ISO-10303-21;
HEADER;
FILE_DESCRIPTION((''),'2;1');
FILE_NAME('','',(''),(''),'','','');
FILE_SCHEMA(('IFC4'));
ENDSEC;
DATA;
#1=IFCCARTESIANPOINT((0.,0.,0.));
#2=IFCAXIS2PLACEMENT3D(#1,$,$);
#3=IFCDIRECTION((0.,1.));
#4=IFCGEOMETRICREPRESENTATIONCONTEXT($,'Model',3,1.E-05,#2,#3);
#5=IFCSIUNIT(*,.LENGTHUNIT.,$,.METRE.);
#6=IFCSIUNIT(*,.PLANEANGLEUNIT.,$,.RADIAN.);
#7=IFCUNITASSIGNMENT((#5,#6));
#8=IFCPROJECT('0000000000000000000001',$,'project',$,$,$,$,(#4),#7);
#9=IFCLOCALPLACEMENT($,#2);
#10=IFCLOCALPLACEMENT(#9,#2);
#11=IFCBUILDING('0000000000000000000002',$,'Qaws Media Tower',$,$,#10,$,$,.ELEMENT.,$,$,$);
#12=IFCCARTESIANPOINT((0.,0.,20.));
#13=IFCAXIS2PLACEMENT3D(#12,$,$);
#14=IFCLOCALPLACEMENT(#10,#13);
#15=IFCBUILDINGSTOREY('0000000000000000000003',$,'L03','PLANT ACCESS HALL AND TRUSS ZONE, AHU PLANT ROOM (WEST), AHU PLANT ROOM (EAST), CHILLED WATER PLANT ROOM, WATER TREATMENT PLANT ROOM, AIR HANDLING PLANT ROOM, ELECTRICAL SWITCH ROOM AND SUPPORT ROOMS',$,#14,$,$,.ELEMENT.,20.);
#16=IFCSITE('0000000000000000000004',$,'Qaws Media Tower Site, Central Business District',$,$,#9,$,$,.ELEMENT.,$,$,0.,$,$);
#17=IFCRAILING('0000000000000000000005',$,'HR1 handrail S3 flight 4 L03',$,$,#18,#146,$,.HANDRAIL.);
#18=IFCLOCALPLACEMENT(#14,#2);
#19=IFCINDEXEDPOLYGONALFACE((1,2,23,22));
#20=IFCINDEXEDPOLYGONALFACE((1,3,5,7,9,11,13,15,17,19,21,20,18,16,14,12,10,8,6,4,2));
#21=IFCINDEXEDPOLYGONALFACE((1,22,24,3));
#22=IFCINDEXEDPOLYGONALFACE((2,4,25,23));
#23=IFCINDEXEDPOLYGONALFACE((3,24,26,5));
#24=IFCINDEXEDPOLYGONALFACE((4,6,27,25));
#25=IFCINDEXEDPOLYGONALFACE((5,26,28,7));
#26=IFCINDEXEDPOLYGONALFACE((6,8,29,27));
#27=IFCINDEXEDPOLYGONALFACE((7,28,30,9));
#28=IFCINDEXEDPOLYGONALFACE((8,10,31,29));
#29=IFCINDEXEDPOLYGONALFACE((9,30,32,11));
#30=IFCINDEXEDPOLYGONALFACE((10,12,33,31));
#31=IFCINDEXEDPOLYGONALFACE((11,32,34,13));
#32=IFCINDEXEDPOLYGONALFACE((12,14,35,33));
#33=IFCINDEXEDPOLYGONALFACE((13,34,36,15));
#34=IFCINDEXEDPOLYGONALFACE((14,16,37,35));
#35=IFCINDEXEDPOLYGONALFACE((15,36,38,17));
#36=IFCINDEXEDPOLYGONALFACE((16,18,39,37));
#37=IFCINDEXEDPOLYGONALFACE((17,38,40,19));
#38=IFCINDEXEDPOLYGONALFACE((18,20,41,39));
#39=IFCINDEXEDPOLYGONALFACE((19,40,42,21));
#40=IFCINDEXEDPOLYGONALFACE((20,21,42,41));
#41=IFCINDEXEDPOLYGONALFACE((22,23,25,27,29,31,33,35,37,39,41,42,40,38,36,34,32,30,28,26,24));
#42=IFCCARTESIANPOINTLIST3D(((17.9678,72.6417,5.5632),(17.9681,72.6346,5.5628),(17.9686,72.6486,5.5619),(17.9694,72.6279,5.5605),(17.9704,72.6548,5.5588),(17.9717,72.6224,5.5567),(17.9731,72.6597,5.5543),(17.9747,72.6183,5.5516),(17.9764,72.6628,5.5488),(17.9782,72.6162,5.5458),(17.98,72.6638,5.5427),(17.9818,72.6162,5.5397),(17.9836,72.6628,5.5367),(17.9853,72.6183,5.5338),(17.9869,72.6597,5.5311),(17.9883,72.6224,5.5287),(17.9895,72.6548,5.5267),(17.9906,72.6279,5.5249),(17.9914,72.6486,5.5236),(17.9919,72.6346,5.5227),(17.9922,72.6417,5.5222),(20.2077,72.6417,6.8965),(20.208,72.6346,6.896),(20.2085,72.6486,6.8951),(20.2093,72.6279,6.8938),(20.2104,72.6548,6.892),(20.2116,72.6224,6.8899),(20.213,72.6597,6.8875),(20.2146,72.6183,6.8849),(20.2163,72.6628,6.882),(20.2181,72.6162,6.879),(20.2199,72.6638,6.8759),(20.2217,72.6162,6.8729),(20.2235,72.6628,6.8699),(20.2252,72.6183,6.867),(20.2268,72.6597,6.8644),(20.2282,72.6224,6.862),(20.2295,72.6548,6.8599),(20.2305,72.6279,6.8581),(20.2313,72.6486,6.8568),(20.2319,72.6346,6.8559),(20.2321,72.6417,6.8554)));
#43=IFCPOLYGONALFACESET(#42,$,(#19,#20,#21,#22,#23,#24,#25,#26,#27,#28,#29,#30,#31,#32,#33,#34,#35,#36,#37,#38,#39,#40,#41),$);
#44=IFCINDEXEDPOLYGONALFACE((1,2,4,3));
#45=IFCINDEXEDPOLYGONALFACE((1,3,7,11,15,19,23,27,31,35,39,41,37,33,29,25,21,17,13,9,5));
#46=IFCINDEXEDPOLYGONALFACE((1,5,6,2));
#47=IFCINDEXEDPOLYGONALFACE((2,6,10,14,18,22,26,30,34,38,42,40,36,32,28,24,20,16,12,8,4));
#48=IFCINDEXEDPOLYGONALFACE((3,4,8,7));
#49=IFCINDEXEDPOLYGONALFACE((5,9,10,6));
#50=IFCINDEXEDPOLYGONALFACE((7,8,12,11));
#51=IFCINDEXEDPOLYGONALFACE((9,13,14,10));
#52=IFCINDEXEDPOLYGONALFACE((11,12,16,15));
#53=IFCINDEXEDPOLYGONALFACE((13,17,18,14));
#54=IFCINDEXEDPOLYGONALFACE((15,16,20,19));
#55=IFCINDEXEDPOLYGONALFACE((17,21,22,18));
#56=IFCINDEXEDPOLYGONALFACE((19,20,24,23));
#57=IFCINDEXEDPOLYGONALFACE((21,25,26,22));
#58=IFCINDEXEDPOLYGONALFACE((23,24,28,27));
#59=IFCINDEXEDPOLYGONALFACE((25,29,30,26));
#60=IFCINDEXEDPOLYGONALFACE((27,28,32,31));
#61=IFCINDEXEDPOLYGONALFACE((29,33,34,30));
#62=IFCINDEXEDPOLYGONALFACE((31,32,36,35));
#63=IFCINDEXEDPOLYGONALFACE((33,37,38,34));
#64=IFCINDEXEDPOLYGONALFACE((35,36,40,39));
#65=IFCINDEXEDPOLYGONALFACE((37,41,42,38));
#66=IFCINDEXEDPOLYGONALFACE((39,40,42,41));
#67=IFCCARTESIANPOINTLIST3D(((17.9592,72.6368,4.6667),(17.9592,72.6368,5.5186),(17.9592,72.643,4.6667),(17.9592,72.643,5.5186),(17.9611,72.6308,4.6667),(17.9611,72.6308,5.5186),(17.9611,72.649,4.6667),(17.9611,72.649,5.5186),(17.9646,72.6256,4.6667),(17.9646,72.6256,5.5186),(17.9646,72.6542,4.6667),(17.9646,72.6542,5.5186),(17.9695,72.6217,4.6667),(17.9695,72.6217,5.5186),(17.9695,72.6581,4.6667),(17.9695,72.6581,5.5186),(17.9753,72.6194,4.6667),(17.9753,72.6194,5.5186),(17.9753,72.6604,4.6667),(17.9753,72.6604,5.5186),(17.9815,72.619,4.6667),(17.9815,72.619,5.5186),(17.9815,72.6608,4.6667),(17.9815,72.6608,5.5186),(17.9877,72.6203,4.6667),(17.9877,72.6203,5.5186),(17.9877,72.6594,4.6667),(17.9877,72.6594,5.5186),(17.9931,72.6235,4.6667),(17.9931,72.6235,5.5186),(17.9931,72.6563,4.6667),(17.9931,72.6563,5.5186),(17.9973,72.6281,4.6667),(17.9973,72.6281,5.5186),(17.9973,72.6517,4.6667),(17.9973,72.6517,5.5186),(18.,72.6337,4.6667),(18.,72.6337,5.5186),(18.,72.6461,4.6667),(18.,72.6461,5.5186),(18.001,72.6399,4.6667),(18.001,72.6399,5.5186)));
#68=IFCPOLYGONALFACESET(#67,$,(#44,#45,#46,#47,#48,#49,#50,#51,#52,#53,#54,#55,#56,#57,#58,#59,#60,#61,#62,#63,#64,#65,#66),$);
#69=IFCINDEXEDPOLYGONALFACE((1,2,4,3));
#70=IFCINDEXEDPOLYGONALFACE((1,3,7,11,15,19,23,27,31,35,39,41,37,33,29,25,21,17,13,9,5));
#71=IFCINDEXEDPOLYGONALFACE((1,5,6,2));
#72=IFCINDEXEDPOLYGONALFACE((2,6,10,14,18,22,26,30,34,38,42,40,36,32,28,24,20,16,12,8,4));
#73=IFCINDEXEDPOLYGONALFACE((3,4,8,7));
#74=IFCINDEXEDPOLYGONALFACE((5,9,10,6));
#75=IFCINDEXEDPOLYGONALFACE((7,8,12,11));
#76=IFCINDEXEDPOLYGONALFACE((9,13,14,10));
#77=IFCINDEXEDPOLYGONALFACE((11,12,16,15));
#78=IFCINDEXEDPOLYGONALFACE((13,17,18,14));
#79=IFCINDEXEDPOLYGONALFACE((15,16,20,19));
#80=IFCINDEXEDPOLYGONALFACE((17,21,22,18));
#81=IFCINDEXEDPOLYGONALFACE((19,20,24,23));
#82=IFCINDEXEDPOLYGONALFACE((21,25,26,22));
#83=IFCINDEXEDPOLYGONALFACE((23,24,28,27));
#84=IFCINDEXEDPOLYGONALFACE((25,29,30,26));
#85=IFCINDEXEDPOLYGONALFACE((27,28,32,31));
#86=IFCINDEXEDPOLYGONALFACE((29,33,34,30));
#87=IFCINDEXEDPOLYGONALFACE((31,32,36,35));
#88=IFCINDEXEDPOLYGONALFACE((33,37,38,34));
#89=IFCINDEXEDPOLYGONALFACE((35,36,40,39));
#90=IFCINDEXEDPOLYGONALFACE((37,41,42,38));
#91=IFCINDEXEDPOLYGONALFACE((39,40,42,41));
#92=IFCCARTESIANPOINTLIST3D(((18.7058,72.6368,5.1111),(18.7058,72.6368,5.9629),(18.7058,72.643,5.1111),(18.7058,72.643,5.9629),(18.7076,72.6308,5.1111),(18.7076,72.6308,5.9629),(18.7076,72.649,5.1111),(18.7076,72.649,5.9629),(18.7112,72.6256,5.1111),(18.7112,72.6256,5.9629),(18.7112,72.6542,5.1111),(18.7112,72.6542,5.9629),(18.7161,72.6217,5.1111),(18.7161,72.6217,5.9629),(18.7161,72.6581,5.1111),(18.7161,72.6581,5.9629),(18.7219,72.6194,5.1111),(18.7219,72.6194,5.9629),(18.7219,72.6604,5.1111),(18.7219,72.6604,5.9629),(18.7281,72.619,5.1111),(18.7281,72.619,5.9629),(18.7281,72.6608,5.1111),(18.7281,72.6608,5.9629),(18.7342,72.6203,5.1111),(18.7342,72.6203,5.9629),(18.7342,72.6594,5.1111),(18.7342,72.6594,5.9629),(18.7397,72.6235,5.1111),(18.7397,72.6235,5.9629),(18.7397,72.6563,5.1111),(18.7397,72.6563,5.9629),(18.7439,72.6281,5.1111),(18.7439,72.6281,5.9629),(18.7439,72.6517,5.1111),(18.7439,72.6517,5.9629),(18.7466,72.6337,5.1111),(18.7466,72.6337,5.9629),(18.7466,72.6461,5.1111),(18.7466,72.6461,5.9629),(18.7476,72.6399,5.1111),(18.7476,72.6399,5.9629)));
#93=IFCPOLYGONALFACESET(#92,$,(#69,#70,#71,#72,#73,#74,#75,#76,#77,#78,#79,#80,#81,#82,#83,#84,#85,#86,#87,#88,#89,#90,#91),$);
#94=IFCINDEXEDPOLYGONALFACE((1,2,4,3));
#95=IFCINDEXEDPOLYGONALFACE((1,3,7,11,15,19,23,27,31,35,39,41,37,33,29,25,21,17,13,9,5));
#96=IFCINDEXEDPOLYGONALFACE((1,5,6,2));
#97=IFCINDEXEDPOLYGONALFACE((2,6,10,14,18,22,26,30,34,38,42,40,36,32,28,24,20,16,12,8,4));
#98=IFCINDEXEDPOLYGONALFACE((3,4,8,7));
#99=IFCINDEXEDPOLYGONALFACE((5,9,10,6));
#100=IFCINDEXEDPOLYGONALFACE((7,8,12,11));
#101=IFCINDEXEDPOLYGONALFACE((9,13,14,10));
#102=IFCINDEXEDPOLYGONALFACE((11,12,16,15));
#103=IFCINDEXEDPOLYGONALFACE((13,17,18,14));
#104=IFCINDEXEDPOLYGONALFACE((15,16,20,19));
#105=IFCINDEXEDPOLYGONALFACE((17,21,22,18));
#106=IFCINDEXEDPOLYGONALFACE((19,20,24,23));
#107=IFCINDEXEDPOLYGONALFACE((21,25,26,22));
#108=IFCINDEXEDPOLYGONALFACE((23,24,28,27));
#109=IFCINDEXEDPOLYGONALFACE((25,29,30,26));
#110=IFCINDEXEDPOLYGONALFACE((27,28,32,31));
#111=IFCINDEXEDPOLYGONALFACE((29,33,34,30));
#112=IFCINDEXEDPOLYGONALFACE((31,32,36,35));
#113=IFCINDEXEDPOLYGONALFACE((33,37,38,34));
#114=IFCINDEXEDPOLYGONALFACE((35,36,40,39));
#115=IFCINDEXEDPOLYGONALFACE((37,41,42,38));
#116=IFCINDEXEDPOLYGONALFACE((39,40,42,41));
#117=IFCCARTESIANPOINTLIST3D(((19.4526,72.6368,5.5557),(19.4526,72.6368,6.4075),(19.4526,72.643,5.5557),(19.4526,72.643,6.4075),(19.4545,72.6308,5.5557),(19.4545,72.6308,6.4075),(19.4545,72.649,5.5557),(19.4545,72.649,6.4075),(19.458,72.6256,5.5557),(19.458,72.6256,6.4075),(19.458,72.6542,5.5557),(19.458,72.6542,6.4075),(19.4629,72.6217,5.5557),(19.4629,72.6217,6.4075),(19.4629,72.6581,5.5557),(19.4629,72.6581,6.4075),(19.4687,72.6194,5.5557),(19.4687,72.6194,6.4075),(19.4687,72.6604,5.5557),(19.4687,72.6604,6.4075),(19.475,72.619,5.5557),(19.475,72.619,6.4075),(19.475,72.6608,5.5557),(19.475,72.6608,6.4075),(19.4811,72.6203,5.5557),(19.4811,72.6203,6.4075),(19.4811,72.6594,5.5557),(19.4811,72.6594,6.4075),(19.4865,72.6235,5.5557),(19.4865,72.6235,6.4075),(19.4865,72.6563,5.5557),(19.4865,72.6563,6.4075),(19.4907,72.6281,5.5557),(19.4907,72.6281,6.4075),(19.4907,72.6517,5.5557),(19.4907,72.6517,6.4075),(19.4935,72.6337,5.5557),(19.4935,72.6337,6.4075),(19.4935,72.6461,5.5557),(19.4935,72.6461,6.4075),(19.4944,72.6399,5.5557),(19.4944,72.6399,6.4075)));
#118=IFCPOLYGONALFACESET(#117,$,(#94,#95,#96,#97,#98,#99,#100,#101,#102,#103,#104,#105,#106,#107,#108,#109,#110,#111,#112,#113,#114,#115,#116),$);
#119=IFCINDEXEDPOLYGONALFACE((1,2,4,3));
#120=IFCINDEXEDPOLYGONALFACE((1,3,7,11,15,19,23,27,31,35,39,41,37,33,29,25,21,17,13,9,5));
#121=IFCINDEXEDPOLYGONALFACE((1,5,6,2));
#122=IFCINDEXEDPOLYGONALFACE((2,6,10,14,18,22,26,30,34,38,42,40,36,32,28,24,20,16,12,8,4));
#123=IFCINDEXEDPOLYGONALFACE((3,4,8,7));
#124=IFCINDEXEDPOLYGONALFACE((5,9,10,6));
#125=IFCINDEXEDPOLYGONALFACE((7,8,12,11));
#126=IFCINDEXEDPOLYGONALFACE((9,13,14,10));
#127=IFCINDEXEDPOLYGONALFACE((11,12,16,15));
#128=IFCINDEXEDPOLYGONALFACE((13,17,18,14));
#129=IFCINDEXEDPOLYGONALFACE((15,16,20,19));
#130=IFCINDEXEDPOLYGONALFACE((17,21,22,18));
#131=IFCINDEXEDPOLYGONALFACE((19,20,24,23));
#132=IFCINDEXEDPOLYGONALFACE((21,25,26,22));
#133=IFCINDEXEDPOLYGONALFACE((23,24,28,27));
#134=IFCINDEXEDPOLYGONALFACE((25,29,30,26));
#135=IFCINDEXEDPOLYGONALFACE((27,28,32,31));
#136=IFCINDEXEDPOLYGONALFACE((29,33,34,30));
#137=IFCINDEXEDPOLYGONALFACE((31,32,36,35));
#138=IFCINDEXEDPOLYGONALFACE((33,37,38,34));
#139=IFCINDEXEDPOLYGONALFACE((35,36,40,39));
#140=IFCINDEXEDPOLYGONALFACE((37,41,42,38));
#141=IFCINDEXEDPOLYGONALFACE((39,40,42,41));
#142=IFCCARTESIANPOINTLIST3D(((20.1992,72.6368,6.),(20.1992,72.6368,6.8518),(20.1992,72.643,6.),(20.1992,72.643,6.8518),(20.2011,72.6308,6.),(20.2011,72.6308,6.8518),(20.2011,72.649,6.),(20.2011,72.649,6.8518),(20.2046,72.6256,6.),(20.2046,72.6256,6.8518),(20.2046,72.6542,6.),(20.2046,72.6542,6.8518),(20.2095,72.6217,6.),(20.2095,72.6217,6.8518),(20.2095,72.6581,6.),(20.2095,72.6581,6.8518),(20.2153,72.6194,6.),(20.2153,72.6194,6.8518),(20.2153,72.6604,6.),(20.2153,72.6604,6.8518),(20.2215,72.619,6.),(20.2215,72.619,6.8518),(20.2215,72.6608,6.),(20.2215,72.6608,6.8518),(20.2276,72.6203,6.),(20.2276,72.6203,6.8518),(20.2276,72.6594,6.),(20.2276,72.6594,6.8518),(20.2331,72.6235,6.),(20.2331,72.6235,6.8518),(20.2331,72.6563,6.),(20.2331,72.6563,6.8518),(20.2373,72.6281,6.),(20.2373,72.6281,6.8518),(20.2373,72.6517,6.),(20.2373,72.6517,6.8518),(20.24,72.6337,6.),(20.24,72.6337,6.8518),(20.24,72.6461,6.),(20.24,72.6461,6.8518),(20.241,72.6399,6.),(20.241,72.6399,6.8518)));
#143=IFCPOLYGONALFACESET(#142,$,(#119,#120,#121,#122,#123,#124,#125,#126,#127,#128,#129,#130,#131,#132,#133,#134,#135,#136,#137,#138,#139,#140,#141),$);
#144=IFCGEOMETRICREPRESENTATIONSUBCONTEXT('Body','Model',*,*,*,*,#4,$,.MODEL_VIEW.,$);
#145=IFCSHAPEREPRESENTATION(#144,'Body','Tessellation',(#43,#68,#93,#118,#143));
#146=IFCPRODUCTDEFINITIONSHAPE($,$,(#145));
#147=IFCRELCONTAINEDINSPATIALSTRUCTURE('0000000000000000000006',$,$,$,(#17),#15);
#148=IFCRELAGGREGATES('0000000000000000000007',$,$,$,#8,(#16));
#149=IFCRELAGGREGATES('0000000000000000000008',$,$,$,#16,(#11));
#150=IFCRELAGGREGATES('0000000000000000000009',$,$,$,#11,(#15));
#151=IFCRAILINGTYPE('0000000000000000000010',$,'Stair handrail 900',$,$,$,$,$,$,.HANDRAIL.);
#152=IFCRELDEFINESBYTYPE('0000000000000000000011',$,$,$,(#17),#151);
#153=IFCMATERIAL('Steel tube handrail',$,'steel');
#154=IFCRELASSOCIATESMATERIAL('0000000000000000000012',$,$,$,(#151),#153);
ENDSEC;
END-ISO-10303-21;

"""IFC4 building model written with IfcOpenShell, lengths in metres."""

from ifc_helpers import new_model, si_unit, direction, frame, origin, origin_2d, place, context, subcontext, project, spatial, circle, extrude, material, type_object, element, save


model = new_model("IFC4")

# Units and contexts
model_context = context("Model", 3, precision=1e-05, world=origin(), true_north=direction((0.0, 1.0)))
body_context = subcontext(model_context, "Body", "Model", "MODEL_VIEW")
ifc_project = project(units=[si_unit("LENGTHUNIT", "METRE"), si_unit("PLANEANGLEUNIT", "RADIAN")], contexts=[model_context])

# Site, building, storey
site_placement = place(None, origin())
site = spatial("IfcSite", under=ifc_project, at=site_placement, Name="Qaws Media Tower Site, Central Business District", CompositionType="ELEMENT", RefElevation=0.0)
building_placement = place(site_placement, origin())
building = spatial("IfcBuilding", under=site, at=building_placement, Name="Qaws Media Tower", CompositionType="ELEMENT")
storey_placement = place(building_placement, frame((0.0, 0.0, 20.0)))
storey = spatial("IfcBuildingStorey", under=building, at=storey_placement, Name="L03", Description="PLANT ACCESS HALL AND TRUSS ZONE, AHU PLANT ROOM (WEST), AHU PLANT ROOM (EAST), CHILLED WATER PLANT ROOM, WATER TREATMENT PLANT ROOM, AIR HANDLING PLANT ROOM, ELECTRICAL SWITCH ROOM AND SUPPORT ROOMS", CompositionType="ELEMENT", Elevation=20.0)

# Railing
ifc_material_1 = material(Name="Steel tube handrail", Category="steel")
railing_type_1 = type_object("IfcRailingType", Name="Stair handrail 900", PredefinedType="HANDRAIL", material=ifc_material_1)
for number, where, name in (
    (1, (17.98, 72.6399, 4.6667), "HR1 handrail S3 flight 4 L03"),
):
    element("IfcRailing", number, at=place(storey_placement, frame(where)), inside=storey, type_object=railing_type_1, Name=name, PredefinedType="HANDRAIL", context=body_context, shape_type="SweptSolid", body=[
        extrude(circle(Radius=0.0239, at=origin_2d()), frame((0.0, 0.0, 0.876), z_axis=(0.859306, 0.0, 0.511462), x_axis=(0.0, 1.0, 0.0)), (0.0, 0.0, 1.0), 2.6067),
        extrude(circle(Radius=0.021, at=origin_2d()), origin(), (0.0, 0.0, 1.0), 0.8518),
        extrude(circle(Radius=0.021, at=origin_2d()), frame((0.7466, 0.0, 0.4443)), (0.0, 0.0, 1.0), 0.8518),
        extrude(circle(Radius=0.021, at=origin_2d()), frame((1.4934, 0.0, 0.8889)), (0.0, 0.0, 1.0), 0.8518),
        extrude(circle(Radius=0.021, at=origin_2d()), frame((2.24, 0.0, 1.3333)), (0.0, 0.0, 1.0), 0.8518),
    ])

save(model, "model.ifc")
